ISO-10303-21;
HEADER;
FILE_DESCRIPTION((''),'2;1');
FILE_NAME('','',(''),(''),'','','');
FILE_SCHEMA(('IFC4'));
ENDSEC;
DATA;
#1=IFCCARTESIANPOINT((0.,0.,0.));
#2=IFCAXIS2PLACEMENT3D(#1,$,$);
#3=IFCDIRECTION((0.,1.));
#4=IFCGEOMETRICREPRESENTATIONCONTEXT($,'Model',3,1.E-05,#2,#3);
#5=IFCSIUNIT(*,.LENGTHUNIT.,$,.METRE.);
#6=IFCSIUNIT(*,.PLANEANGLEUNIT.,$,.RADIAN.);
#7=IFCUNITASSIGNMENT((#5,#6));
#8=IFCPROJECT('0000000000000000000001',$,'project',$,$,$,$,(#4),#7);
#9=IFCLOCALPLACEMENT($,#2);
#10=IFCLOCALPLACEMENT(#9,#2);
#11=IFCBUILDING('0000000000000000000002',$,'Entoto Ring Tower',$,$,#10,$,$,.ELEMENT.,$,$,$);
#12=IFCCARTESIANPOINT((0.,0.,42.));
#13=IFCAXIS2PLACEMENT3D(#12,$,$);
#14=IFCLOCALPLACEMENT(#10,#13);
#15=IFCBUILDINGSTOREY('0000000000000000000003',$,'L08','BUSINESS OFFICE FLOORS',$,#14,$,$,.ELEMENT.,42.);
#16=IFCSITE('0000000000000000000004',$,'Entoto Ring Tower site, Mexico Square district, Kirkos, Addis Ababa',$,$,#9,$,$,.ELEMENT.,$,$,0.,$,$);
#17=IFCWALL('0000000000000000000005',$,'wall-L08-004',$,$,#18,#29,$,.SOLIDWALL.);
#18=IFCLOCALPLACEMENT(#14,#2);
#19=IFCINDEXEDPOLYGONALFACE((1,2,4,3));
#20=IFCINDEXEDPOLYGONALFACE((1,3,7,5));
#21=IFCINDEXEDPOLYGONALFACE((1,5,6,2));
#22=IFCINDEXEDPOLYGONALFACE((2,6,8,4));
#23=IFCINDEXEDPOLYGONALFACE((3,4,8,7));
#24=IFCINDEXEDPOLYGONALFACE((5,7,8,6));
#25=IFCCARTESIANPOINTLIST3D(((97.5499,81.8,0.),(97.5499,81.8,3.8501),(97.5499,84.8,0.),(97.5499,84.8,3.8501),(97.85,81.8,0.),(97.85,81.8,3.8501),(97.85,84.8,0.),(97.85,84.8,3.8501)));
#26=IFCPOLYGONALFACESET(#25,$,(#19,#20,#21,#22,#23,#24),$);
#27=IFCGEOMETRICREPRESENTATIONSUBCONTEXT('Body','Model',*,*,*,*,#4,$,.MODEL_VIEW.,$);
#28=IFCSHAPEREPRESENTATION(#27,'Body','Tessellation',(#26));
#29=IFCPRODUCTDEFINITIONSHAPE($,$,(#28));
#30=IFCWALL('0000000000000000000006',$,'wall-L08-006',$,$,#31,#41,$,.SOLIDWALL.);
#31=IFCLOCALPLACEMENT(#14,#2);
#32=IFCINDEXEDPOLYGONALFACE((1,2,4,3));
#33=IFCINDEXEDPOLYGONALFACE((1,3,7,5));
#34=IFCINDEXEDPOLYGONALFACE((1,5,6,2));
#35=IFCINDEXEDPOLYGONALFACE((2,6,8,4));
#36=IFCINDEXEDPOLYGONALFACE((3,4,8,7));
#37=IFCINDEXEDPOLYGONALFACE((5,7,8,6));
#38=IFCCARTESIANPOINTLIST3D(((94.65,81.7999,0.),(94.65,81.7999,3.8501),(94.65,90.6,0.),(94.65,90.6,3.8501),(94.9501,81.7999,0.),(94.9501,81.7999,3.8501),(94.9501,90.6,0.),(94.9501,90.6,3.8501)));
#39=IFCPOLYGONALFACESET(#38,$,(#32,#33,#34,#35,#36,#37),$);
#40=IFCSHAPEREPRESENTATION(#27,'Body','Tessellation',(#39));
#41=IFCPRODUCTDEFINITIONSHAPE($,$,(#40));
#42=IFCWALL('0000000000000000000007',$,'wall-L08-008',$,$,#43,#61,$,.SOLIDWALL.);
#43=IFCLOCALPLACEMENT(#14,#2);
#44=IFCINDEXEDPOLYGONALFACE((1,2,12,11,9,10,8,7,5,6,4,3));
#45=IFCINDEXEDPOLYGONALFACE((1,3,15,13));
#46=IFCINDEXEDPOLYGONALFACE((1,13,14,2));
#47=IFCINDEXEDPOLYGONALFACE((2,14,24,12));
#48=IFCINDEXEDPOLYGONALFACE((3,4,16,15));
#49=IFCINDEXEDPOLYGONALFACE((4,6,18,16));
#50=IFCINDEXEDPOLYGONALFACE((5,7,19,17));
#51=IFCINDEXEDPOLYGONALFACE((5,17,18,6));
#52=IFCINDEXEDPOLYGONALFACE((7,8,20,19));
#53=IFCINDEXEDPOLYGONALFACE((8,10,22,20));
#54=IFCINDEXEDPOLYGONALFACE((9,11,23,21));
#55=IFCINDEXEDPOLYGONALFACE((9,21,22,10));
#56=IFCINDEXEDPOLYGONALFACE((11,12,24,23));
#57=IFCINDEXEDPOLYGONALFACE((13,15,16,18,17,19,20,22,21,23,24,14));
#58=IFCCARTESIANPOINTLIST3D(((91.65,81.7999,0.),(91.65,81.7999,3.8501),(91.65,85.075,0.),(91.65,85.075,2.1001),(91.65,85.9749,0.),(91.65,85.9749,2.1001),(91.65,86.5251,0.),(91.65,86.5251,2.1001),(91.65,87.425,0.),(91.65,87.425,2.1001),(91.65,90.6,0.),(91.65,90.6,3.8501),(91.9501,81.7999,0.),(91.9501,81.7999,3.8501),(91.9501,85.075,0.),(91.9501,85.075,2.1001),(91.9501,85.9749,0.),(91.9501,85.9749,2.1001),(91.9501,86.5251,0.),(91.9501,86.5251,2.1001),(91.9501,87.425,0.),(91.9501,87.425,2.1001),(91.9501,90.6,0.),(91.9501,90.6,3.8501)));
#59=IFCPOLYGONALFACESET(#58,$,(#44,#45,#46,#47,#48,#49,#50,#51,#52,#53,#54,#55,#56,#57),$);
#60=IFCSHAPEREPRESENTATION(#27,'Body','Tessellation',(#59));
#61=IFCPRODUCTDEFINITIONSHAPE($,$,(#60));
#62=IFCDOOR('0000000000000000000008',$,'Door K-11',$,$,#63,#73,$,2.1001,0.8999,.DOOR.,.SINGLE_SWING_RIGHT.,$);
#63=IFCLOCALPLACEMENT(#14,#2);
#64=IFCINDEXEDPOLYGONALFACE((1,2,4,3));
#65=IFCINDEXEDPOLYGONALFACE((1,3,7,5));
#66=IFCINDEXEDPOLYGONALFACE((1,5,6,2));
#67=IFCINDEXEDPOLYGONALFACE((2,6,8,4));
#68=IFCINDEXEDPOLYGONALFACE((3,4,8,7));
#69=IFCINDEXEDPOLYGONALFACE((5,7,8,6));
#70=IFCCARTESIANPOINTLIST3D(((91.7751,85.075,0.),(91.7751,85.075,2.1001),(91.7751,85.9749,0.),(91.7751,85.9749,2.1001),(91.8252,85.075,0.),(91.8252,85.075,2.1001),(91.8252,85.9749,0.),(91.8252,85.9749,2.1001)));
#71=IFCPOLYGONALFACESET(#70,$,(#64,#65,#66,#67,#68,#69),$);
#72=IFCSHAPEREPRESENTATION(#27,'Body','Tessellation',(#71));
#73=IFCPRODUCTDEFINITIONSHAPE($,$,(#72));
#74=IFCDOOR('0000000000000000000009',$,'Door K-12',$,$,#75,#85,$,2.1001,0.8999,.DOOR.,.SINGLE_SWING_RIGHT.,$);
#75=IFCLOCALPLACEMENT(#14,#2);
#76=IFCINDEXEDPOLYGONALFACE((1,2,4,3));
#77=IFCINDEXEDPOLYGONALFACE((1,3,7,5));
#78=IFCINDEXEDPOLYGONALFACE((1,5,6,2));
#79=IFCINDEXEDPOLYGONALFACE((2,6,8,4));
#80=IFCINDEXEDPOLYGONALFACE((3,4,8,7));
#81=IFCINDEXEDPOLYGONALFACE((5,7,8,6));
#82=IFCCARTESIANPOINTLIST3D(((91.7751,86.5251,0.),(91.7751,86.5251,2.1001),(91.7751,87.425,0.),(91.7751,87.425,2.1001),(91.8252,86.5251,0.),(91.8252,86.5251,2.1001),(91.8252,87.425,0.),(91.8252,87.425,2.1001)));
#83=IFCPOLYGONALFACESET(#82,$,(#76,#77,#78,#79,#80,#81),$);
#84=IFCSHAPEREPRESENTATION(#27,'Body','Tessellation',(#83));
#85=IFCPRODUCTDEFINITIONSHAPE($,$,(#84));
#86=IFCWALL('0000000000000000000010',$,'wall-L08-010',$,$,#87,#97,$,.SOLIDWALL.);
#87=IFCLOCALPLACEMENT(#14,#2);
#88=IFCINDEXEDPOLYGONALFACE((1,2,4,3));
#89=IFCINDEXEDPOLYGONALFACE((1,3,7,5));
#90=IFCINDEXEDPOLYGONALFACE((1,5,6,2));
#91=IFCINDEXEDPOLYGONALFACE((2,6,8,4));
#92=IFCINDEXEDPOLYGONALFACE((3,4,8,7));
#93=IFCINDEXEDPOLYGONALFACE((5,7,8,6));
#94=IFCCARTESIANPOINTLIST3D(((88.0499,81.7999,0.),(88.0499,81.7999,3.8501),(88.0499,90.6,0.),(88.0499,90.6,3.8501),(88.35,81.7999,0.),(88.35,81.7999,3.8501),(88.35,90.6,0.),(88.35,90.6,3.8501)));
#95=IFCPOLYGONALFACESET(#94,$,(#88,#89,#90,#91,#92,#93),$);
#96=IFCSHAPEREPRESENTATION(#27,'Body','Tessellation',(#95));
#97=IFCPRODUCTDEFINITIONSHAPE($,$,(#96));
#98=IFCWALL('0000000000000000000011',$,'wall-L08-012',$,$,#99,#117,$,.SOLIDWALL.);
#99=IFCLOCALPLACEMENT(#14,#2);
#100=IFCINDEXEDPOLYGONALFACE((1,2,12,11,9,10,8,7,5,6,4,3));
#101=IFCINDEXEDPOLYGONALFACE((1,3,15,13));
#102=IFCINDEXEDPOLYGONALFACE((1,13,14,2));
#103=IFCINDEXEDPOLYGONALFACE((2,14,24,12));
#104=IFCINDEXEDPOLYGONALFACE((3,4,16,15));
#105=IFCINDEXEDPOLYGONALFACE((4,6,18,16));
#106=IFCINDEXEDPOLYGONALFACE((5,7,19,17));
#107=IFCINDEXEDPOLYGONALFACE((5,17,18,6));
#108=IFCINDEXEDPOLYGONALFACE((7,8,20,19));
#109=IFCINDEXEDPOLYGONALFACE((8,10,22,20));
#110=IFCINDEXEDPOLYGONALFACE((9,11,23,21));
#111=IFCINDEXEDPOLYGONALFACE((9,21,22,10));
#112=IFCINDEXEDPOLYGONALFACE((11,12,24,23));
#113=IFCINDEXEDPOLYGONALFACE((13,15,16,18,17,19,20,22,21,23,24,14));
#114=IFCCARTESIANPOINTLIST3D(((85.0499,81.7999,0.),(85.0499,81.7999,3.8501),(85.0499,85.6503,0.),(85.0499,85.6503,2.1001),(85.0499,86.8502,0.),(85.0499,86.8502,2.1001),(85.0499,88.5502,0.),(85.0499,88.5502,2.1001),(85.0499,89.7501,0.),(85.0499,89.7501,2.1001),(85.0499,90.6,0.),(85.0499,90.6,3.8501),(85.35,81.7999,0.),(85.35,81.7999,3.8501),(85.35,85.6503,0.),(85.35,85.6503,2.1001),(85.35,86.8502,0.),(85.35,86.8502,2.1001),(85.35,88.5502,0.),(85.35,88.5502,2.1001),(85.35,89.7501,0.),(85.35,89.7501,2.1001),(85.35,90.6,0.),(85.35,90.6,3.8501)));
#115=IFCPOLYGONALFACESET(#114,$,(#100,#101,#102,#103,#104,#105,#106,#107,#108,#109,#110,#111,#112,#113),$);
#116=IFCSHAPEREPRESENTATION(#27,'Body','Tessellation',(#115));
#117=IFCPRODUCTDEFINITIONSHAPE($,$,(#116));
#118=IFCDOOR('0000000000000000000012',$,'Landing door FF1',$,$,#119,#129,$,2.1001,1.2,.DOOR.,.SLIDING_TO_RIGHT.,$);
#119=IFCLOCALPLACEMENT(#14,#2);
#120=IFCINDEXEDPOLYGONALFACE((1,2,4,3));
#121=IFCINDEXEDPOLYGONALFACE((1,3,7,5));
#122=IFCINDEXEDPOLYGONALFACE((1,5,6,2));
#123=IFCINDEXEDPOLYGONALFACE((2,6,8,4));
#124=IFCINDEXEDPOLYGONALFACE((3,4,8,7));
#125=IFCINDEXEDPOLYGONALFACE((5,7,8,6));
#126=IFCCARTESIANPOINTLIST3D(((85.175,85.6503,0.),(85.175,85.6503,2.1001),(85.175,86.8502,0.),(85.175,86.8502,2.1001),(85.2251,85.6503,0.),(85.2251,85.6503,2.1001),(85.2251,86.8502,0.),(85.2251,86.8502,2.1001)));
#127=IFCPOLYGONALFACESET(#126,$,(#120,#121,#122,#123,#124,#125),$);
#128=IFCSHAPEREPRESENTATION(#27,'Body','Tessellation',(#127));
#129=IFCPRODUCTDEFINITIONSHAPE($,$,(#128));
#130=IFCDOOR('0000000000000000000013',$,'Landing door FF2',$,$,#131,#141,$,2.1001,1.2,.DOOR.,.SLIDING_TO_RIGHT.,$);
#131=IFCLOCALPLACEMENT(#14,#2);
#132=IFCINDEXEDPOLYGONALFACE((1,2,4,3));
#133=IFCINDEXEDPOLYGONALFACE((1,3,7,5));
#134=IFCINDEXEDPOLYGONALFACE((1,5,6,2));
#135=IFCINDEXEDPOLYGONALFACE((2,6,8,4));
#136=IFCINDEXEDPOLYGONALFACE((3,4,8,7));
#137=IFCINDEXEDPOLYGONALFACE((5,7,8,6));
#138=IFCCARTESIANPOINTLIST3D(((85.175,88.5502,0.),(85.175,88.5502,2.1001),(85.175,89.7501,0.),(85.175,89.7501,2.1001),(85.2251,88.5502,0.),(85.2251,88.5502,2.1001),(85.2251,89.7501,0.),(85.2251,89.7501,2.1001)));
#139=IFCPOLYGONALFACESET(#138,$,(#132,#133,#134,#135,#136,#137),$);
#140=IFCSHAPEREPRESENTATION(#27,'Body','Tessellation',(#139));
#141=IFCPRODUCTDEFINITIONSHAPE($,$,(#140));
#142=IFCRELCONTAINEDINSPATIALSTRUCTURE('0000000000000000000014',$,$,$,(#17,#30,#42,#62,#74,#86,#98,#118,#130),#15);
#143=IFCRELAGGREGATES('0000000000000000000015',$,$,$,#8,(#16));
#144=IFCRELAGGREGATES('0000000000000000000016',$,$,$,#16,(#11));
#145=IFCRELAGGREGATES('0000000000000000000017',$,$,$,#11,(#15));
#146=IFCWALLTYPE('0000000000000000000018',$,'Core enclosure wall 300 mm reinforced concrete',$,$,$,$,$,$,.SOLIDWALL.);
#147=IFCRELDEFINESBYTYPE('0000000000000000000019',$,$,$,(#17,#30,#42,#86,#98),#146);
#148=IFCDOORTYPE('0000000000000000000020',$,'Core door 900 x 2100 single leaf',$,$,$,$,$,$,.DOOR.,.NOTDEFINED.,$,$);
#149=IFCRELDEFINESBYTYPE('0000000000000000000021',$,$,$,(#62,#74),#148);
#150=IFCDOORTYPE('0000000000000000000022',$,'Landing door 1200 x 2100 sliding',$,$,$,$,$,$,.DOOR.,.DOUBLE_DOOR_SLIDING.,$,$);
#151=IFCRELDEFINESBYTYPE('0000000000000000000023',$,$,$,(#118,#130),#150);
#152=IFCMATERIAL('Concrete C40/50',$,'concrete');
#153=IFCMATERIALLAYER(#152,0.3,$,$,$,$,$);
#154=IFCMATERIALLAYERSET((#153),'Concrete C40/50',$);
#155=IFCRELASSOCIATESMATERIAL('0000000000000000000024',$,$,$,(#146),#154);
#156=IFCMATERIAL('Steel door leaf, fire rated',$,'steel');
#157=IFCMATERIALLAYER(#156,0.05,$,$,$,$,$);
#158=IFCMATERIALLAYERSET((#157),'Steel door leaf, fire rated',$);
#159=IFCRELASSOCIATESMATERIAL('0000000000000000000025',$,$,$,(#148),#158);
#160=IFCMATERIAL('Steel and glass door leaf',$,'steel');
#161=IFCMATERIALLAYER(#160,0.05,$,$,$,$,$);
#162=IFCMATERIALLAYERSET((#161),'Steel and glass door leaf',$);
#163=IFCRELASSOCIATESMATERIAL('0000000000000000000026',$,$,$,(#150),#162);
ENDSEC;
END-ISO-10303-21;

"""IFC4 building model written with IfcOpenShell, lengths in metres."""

from ifc_helpers import new_model, si_unit, direction, frame, frame_2d, origin, place, context, subcontext, project, spatial, rectangle, extrude, material, layer, layer_set, type_object, element, fill, save


model = new_model("IFC4")

# Units and contexts
model_context = context("Model", 3, precision=1e-05, world=origin(), true_north=direction((0.0, 1.0)))
body_context = subcontext(model_context, "Body", "Model", "MODEL_VIEW")
ifc_project = project(units=[si_unit("LENGTHUNIT", "METRE"), si_unit("PLANEANGLEUNIT", "RADIAN")], contexts=[model_context])

# Site, building, storey
site_placement = place(None, origin())
site = spatial("IfcSite", under=ifc_project, at=site_placement, Name="Entoto Ring Tower site, Mexico Square district, Kirkos, Addis Ababa", CompositionType="ELEMENT", RefElevation=0.0)
building_placement = place(site_placement, origin())
building = spatial("IfcBuilding", under=site, at=building_placement, Name="Entoto Ring Tower", CompositionType="ELEMENT")
storey_placement = place(building_placement, frame((0.0, 0.0, 42.0)))
storey = spatial("IfcBuildingStorey", under=building, at=storey_placement, Name="L08", Description="BUSINESS OFFICE FLOORS", CompositionType="ELEMENT", Elevation=42.0)

# Walls
ifc_material_1 = material(Name="Concrete C40/50", Category="concrete")
ifc_layer_1 = layer(ifc_material_1, 0.3)
ifc_layer_set_1 = layer_set([ifc_layer_1], Name="Concrete C40/50")
wall_type = type_object("IfcWallType", Name="Core enclosure wall 300 mm reinforced concrete", PredefinedType="SOLIDWALL", material=ifc_layer_set_1)
wall_1_placement = place(storey_placement, frame((97.7, 81.8, 0.0), z_axis=(0.0, 0.0, 1.0), x_axis=(0.0, 1.0, 0.0)))
element("IfcWall", 1, at=wall_1_placement, inside=storey, type_object=wall_type, Name="wall-L08-004", PredefinedType="SOLIDWALL", context=body_context, shape_type="SweptSolid", body=[
    extrude(rectangle(XDim=3.0, YDim=0.3, at=frame_2d((1.5, 0.0))), origin(), (0.0, 0.0, 1.0), 3.8501),
])
wall_2_placement = place(storey_placement, frame((94.8, 81.8, 0.0), z_axis=(0.0, 0.0, 1.0), x_axis=(0.0, 1.0, 0.0)))
element("IfcWall", 2, at=wall_2_placement, inside=storey, type_object=wall_type, Name="wall-L08-006", PredefinedType="SOLIDWALL", context=body_context, shape_type="SweptSolid", body=[
    extrude(rectangle(XDim=8.8, YDim=0.3, at=frame_2d((4.3999, 0.0))), origin(), (0.0, 0.0, 1.0), 3.8501),
])

# Wall, openings, doors
wall_3_placement = place(storey_placement, frame((91.8, 81.8, 0.0), z_axis=(0.0, 0.0, 1.0), x_axis=(0.0, 1.0, 0.0)))
wall_3 = element("IfcWall", 3, at=wall_3_placement, inside=storey, type_object=wall_type, Name="wall-L08-008", PredefinedType="SOLIDWALL", context=body_context, shape_type="SweptSolid", body=[
    extrude(rectangle(XDim=8.8, YDim=0.3, at=frame_2d((4.3999, 0.0))), origin(), (0.0, 0.0, 1.0), 3.8501),
])
opening_1_placement = place(wall_3_placement, frame((3.2749, 0.0, 0.0)))
opening_1 = element("IfcOpeningElement", 4, at=opening_1_placement, cuts=wall_3, PredefinedType="OPENING", context=body_context, shape_type="SweptSolid", body=[
    extrude(rectangle(XDim=0.8999, YDim=2.1001, at=frame_2d((0.45, 1.05))), frame((0.0, 0.1602, 0.0), z_axis=(0.0, -1.0, 0.0), x_axis=(1.0, 0.0, 0.0)), (0.0, 0.0, 1.0), 0.3201),
])
opening_2_placement = place(wall_3_placement, frame((4.7251, 0.0, 0.0)))
opening_2 = element("IfcOpeningElement", 5, at=opening_2_placement, cuts=wall_3, PredefinedType="OPENING", context=body_context, shape_type="SweptSolid", body=[
    extrude(rectangle(XDim=0.8999, YDim=2.1001, at=frame_2d((0.45, 1.05))), frame((0.0, 0.1602, 0.0), z_axis=(0.0, -1.0, 0.0), x_axis=(1.0, 0.0, 0.0)), (0.0, 0.0, 1.0), 0.3201),
])
ifc_material_2 = material(Name="Steel door leaf, fire rated", Category="steel")
ifc_layer_2 = layer(ifc_material_2, 0.05)
ifc_layer_set_2 = layer_set([ifc_layer_2], Name="Steel door leaf, fire rated")
door_type_1 = type_object("IfcDoorType", Name="Core door 900 x 2100 single leaf", OperationType="NOTDEFINED", PredefinedType="DOOR", material=ifc_layer_set_2)
door_1_placement = place(opening_1_placement, origin())
door_1 = element("IfcDoor", 6, at=door_1_placement, inside=storey, type_object=door_type_1, Name="Door K-11", OperationType="SINGLE_SWING_RIGHT", OverallHeight=2.1001, OverallWidth=0.8999, PredefinedType="DOOR", context=body_context, shape_type="SweptSolid", body=[
    extrude(rectangle(XDim=0.8999, YDim=2.1001, at=frame_2d((0.45, 1.05))), frame((0.0, 0.0249, 0.0), z_axis=(0.0, -1.0, 0.0), x_axis=(1.0, 0.0, 0.0)), (0.0, 0.0, 1.0), 0.05),
])
fill(opening_1, door_1)
door_2_placement = place(opening_2_placement, origin())
door_2 = element("IfcDoor", 7, at=door_2_placement, inside=storey, type_object=door_type_1, Name="Door K-12", OperationType="SINGLE_SWING_RIGHT", OverallHeight=2.1001, OverallWidth=0.8999, PredefinedType="DOOR", context=body_context, shape_type="SweptSolid", body=[
    extrude(rectangle(XDim=0.8999, YDim=2.1001, at=frame_2d((0.45, 1.05))), frame((0.0, 0.0249, 0.0), z_axis=(0.0, -1.0, 0.0), x_axis=(1.0, 0.0, 0.0)), (0.0, 0.0, 1.0), 0.05),
])
fill(opening_2, door_2)

# Wall
wall_4_placement = place(storey_placement, frame((88.2, 81.8, 0.0), z_axis=(0.0, 0.0, 1.0), x_axis=(0.0, 1.0, 0.0)))
element("IfcWall", 8, at=wall_4_placement, inside=storey, type_object=wall_type, Name="wall-L08-010", PredefinedType="SOLIDWALL", context=body_context, shape_type="SweptSolid", body=[
    extrude(rectangle(XDim=8.8, YDim=0.3, at=frame_2d((4.3999, 0.0))), origin(), (0.0, 0.0, 1.0), 3.8501),
])

# Wall, openings, doors
wall_5_placement = place(storey_placement, frame((85.2, 81.8, 0.0), z_axis=(0.0, 0.0, 1.0), x_axis=(0.0, 1.0, 0.0)))
wall_5 = element("IfcWall", 9, at=wall_5_placement, inside=storey, type_object=wall_type, Name="wall-L08-012", PredefinedType="SOLIDWALL", context=body_context, shape_type="SweptSolid", body=[
    extrude(rectangle(XDim=8.8, YDim=0.3, at=frame_2d((4.3999, 0.0))), origin(), (0.0, 0.0, 1.0), 3.8501),
])
opening_3_placement = place(wall_5_placement, frame((3.8501, 0.0, 0.0)))
opening_3 = element("IfcOpeningElement", 10, at=opening_3_placement, cuts=wall_5, PredefinedType="OPENING", context=body_context, shape_type="SweptSolid", body=[
    extrude(rectangle(XDim=1.2, YDim=2.1001, at=frame_2d((0.6001, 1.05))), frame((0.0, 0.1602, 0.0), z_axis=(0.0, -1.0, 0.0), x_axis=(1.0, 0.0, 0.0)), (0.0, 0.0, 1.0), 0.3201),
])
opening_4_placement = place(wall_5_placement, frame((6.75, 0.0, 0.0)))
opening_4 = element("IfcOpeningElement", 11, at=opening_4_placement, cuts=wall_5, PredefinedType="OPENING", context=body_context, shape_type="SweptSolid", body=[
    extrude(rectangle(XDim=1.2, YDim=2.1001, at=frame_2d((0.6001, 1.05))), frame((0.0, 0.1602, 0.0), z_axis=(0.0, -1.0, 0.0), x_axis=(1.0, 0.0, 0.0)), (0.0, 0.0, 1.0), 0.3201),
])
ifc_material_3 = material(Name="Steel and glass door leaf", Category="steel")
ifc_layer_3 = layer(ifc_material_3, 0.05)
ifc_layer_set_3 = layer_set([ifc_layer_3], Name="Steel and glass door leaf")
door_type_2 = type_object("IfcDoorType", Name="Landing door 1200 x 2100 sliding", OperationType="DOUBLE_DOOR_SLIDING", PredefinedType="DOOR", material=ifc_layer_set_3)
door_3_placement = place(opening_3_placement, origin())
door_3 = element("IfcDoor", 12, at=door_3_placement, inside=storey, type_object=door_type_2, Name="Landing door FF1", OperationType="SLIDING_TO_RIGHT", OverallHeight=2.1001, OverallWidth=1.2, PredefinedType="DOOR", context=body_context, shape_type="SweptSolid", body=[
    extrude(rectangle(XDim=1.2, YDim=2.1001, at=frame_2d((0.6001, 1.05))), frame((0.0, 0.0249, 0.0), z_axis=(0.0, -1.0, 0.0), x_axis=(1.0, 0.0, 0.0)), (0.0, 0.0, 1.0), 0.05),
])
fill(opening_3, door_3)
door_4_placement = place(opening_4_placement, origin())
door_4 = element("IfcDoor", 13, at=door_4_placement, inside=storey, type_object=door_type_2, Name="Landing door FF2", OperationType="SLIDING_TO_RIGHT", OverallHeight=2.1001, OverallWidth=1.2, PredefinedType="DOOR", context=body_context, shape_type="SweptSolid", body=[
    extrude(rectangle(XDim=1.2, YDim=2.1001, at=frame_2d((0.6001, 1.05))), frame((0.0, 0.0249, 0.0), z_axis=(0.0, -1.0, 0.0), x_axis=(1.0, 0.0, 0.0)), (0.0, 0.0, 1.0), 0.05),
])
fill(opening_4, door_4)

save(model, "model.ifc")
